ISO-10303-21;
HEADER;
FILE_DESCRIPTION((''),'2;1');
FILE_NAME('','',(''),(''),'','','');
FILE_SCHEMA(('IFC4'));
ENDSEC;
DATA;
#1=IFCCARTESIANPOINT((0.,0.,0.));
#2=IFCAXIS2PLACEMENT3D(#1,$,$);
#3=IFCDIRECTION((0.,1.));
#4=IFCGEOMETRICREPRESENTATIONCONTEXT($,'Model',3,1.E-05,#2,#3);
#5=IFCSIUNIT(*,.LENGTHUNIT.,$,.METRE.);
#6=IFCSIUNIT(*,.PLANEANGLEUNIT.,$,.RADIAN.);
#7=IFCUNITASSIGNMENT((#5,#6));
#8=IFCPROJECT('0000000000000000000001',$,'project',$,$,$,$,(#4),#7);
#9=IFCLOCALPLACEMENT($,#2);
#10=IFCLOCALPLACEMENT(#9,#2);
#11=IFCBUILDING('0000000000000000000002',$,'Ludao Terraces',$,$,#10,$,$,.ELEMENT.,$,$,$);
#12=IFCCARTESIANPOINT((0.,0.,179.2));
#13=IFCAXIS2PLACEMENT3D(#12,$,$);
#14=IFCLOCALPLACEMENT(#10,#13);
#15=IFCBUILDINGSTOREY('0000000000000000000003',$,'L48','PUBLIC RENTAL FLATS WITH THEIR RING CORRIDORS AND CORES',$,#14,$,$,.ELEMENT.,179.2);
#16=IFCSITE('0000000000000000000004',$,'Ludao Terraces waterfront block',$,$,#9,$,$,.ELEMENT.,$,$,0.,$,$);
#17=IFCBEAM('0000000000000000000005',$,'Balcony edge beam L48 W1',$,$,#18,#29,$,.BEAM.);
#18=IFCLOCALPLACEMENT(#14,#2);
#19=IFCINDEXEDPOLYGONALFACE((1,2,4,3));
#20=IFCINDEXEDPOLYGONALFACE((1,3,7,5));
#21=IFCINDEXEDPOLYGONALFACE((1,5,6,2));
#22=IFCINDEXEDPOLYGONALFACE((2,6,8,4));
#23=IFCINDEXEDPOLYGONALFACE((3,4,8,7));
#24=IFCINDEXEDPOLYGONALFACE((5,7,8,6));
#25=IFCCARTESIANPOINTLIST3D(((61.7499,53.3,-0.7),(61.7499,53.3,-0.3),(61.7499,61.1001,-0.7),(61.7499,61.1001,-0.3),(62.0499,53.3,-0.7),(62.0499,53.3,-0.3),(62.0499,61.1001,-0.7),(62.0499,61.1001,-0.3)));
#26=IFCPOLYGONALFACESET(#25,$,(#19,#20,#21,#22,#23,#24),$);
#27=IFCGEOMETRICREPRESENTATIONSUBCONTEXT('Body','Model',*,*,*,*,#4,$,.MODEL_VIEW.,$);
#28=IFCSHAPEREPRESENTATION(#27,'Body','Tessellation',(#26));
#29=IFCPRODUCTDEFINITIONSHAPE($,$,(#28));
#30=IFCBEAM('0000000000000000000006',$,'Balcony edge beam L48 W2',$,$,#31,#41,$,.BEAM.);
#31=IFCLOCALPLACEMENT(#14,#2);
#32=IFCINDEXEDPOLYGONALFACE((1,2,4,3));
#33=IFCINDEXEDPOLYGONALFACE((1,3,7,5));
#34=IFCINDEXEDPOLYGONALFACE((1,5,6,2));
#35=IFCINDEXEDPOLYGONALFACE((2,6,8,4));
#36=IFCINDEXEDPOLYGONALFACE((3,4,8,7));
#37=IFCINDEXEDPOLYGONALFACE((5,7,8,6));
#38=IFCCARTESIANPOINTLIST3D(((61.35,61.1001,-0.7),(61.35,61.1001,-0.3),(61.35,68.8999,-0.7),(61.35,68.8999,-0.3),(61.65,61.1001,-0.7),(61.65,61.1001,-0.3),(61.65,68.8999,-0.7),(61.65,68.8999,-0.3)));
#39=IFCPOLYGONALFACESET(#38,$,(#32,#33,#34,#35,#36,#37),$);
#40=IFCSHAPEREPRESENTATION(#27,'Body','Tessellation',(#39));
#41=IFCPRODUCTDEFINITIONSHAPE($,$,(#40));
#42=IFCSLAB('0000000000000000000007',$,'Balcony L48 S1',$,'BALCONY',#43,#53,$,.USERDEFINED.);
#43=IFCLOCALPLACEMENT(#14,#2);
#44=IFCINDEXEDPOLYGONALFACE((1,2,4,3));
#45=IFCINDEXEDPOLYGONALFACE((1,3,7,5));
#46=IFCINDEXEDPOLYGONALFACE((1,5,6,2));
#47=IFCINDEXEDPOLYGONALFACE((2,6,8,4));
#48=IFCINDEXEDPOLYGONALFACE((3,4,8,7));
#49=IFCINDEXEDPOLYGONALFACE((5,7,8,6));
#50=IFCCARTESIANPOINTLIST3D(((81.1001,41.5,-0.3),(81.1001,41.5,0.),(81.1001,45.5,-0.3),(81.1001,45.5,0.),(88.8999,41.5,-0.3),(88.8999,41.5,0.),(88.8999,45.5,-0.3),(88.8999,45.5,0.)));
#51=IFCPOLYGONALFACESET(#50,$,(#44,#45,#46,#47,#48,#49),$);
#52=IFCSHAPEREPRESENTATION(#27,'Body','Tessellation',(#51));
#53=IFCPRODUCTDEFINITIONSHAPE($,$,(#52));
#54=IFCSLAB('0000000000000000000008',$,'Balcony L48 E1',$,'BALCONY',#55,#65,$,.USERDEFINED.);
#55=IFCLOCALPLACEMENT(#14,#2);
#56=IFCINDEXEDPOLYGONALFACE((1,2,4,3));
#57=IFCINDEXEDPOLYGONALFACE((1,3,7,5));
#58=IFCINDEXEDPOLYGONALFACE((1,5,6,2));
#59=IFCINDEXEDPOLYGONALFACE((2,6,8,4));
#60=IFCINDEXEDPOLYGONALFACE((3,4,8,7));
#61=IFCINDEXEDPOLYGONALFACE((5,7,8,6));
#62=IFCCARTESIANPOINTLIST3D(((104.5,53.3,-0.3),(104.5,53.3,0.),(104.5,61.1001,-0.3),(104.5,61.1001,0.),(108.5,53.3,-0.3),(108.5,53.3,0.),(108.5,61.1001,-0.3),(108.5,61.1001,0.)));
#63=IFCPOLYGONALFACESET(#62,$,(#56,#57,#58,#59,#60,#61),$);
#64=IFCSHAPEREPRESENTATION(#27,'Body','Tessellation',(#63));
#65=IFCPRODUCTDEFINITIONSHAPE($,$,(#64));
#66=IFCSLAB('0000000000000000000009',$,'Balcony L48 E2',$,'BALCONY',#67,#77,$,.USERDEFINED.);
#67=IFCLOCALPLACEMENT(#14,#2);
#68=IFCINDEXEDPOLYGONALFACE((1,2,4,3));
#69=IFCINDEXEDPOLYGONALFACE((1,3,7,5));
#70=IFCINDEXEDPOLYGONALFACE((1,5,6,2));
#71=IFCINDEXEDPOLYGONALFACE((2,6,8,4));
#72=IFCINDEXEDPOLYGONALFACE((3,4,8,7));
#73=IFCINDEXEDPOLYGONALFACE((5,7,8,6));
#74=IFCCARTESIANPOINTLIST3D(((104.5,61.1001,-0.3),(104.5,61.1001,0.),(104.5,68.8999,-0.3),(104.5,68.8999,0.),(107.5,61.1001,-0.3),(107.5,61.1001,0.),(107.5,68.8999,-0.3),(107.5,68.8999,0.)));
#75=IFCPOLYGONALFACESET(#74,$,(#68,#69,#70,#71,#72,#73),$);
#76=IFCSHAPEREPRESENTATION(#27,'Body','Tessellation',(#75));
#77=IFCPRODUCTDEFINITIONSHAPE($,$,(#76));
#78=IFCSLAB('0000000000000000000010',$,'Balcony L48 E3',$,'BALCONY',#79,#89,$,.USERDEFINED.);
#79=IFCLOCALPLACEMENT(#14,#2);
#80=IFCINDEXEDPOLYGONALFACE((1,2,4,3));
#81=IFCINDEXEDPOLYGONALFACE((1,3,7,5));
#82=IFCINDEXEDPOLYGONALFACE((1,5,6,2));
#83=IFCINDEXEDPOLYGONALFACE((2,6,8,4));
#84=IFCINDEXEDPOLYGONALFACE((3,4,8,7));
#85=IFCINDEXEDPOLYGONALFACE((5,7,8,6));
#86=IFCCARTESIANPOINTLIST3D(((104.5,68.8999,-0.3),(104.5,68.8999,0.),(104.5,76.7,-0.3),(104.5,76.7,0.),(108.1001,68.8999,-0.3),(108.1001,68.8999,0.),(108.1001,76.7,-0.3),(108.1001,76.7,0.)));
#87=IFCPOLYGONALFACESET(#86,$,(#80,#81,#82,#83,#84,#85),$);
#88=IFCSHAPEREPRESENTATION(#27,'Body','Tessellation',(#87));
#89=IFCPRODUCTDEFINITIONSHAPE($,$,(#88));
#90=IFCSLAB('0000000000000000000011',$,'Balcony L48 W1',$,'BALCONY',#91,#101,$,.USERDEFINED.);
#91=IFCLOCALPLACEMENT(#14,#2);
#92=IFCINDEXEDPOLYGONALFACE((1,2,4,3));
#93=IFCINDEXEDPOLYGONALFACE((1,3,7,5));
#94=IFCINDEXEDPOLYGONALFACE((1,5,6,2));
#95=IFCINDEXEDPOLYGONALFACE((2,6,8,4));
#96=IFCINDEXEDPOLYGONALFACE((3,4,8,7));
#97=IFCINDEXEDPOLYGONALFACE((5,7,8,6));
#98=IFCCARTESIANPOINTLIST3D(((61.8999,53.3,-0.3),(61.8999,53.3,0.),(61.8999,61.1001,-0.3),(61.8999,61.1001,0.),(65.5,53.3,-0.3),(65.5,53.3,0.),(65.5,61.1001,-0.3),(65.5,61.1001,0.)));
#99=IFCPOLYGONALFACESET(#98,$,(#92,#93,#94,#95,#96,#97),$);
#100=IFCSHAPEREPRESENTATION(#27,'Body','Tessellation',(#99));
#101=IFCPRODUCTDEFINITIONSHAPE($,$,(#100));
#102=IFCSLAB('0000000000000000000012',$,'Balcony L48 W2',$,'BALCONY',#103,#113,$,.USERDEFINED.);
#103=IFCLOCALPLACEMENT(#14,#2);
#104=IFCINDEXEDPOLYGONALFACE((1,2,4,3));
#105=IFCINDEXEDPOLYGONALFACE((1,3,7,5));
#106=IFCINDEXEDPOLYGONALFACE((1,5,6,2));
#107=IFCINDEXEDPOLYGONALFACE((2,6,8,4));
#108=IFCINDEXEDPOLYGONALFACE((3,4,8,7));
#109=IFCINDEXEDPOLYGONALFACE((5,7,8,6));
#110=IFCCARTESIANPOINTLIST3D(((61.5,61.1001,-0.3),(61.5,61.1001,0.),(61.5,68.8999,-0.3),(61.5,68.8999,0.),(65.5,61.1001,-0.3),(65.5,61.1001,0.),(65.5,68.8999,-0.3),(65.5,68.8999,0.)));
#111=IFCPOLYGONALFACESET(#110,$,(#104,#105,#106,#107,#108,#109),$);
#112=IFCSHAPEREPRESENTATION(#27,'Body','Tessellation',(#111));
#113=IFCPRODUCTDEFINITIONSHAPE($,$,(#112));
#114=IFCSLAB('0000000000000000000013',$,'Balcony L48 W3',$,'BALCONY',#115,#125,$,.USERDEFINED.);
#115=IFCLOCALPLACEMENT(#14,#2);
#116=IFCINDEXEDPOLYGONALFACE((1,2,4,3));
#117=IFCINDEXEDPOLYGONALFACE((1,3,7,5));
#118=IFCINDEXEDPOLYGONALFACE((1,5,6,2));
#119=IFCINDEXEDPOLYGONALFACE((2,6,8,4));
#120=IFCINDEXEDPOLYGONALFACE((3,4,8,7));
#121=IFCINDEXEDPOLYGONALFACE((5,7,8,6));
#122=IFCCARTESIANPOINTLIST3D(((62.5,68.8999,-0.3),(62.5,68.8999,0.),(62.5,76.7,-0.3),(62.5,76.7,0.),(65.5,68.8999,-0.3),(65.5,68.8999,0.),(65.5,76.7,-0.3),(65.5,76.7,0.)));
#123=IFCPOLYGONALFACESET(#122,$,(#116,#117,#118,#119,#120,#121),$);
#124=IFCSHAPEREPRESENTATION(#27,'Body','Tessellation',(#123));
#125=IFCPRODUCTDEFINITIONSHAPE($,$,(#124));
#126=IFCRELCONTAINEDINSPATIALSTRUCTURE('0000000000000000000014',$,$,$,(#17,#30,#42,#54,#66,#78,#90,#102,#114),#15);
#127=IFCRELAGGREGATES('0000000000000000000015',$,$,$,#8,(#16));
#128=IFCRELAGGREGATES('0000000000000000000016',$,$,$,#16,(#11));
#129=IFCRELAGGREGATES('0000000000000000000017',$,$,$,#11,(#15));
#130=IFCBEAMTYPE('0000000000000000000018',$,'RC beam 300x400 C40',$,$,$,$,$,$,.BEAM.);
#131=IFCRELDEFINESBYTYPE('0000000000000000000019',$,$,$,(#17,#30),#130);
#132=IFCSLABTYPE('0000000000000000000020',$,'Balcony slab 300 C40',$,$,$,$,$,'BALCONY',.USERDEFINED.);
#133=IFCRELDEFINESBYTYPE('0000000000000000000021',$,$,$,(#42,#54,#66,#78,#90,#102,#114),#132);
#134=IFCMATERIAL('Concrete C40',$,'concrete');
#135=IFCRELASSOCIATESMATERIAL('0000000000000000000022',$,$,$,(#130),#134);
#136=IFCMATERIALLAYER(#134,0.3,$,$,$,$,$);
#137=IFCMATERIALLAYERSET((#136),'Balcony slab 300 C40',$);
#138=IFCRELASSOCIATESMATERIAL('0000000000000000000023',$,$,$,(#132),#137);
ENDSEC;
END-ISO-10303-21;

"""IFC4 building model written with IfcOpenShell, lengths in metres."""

from ifc_helpers import new_model, si_unit, direction, frame, origin, origin_2d, place, context, subcontext, project, spatial, polyline, rectangle, outline, extrude, material, layer, layer_set, material_profile, profile_set, type_object, element, save


model = new_model("IFC4")

# Units and contexts
model_context = context("Model", 3, precision=1e-05, world=origin(), true_north=direction((0.0, 1.0)))
body_context = subcontext(model_context, "Body", "Model", "MODEL_VIEW")
ifc_project = project(units=[si_unit("LENGTHUNIT", "METRE"), si_unit("PLANEANGLEUNIT", "RADIAN")], contexts=[model_context])

# Site, building, storey
site_placement = place(None, origin())
site = spatial("IfcSite", under=ifc_project, at=site_placement, Name="Ludao Terraces waterfront block", CompositionType="ELEMENT", RefElevation=0.0)
building_placement = place(site_placement, origin())
building = spatial("IfcBuilding", under=site, at=building_placement, Name="Ludao Terraces", CompositionType="ELEMENT")
storey_placement = place(building_placement, frame((0.0, 0.0, 179.2)))
storey = spatial("IfcBuildingStorey", under=building, at=storey_placement, Name="L48", Description="PUBLIC RENTAL FLATS WITH THEIR RING CORRIDORS AND CORES", CompositionType="ELEMENT", Elevation=179.2)

# Beams
ifc_material_1 = material(Name="Concrete C40", Category="concrete")
ifc_material_profile = material_profile(ifc_material_1, rectangle(XDim=0.3, YDim=0.3999, at=origin_2d()), Name="300 X 400")
ifc_profile_set = profile_set([ifc_material_profile], Name="Concrete C40")
beam_type = type_object("IfcBeamType", Name="RC beam 300x400 C40", PredefinedType="BEAM", material=ifc_profile_set)
beam_1_placement = place(storey_placement, frame((61.8999, 53.3, -0.5), z_axis=(0.0, 1.0, 0.0), x_axis=(-1.0, 0.0, 0.0)))
element("IfcBeam", 1, at=beam_1_placement, inside=storey, type_object=beam_type, Name="Balcony edge beam L48 W1", PredefinedType="BEAM", context=body_context, shape_type="SweptSolid", body=[
    extrude(rectangle(XDim=0.3, YDim=0.3999, at=origin_2d()), origin(), (0.0, 0.0, 1.0), 7.8),
])
beam_2_placement = place(storey_placement, frame((61.5, 61.1001, -0.5), z_axis=(0.0, 1.0, 0.0), x_axis=(-1.0, 0.0, 0.0)))
element("IfcBeam", 2, at=beam_2_placement, inside=storey, type_object=beam_type, Name="Balcony edge beam L48 W2", PredefinedType="BEAM", context=body_context, shape_type="SweptSolid", body=[
    extrude(rectangle(XDim=0.3, YDim=0.3999, at=origin_2d()), origin(), (0.0, 0.0, 1.0), 7.7998),
])

# Slabs
ifc_layer_1 = layer(ifc_material_1, 0.3)
ifc_layer_set_1 = layer_set([ifc_layer_1], Name="Balcony slab 300 C40")
slab_type_1 = type_object("IfcSlabType", Name="Balcony slab 300 C40", ElementType="BALCONY", PredefinedType="USERDEFINED", material=ifc_layer_set_1)
slab_1_placement = place(storey_placement, frame((0.0, 0.0, -0.3)))
element("IfcSlab", 3, at=slab_1_placement, inside=storey, type_object=slab_type_1, Name="Balcony L48 S1", ObjectType="BALCONY", PredefinedType="USERDEFINED", context=body_context, shape_type="SweptSolid", body=[
    extrude(outline(polyline([(81.1001, 41.5), (88.8999, 41.5), (88.8999, 45.5), (81.1001, 45.5), (81.1001, 41.5)])), origin(), (0.0, 0.0, 1.0), 0.3),
])
slab_2_placement = place(storey_placement, frame((0.0, 0.0, -0.3)))
element("IfcSlab", 4, at=slab_2_placement, inside=storey, type_object=slab_type_1, Name="Balcony L48 E1", ObjectType="BALCONY", PredefinedType="USERDEFINED", context=body_context, shape_type="SweptSolid", body=[
    extrude(outline(polyline([(104.5, 53.3), (108.5, 53.3), (108.5, 61.1001), (104.5, 61.1001), (104.5, 53.3)])), origin(), (0.0, 0.0, 1.0), 0.3),
])
slab_3_placement = place(storey_placement, frame((0.0, 0.0, -0.3)))
element("IfcSlab", 5, at=slab_3_placement, inside=storey, type_object=slab_type_1, Name="Balcony L48 E2", ObjectType="BALCONY", PredefinedType="USERDEFINED", context=body_context, shape_type="SweptSolid", body=[
    extrude(outline(polyline([(104.5, 61.1001), (107.5, 61.1001), (107.5, 68.8999), (104.5, 68.8999), (104.5, 61.1001)])), origin(), (0.0, 0.0, 1.0), 0.3),
])
slab_4_placement = place(storey_placement, frame((0.0, 0.0, -0.3)))
element("IfcSlab", 6, at=slab_4_placement, inside=storey, type_object=slab_type_1, Name="Balcony L48 E3", ObjectType="BALCONY", PredefinedType="USERDEFINED", context=body_context, shape_type="SweptSolid", body=[
    extrude(outline(polyline([(104.5, 68.8999), (108.1001, 68.8999), (108.1001, 76.7), (104.5, 76.7), (104.5, 68.8999)])), origin(), (0.0, 0.0, 1.0), 0.3),
])
slab_5_placement = place(storey_placement, frame((0.0, 0.0, -0.3)))
element("IfcSlab", 7, at=slab_5_placement, inside=storey, type_object=slab_type_1, Name="Balcony L48 W1", ObjectType="BALCONY", PredefinedType="USERDEFINED", context=body_context, shape_type="SweptSolid", body=[
    extrude(outline(polyline([(61.8999, 53.3), (65.5, 53.3), (65.5, 61.1001), (61.8999, 61.1001), (61.8999, 53.3)])), origin(), (0.0, 0.0, 1.0), 0.3),
])
slab_6_placement = place(storey_placement, frame((0.0, 0.0, -0.3)))
element("IfcSlab", 8, at=slab_6_placement, inside=storey, type_object=slab_type_1, Name="Balcony L48 W2", ObjectType="BALCONY", PredefinedType="USERDEFINED", context=body_context, shape_type="SweptSolid", body=[
    extrude(outline(polyline([(61.5, 61.1001), (65.5, 61.1001), (65.5, 68.8999), (61.5, 68.8999), (61.5, 61.1001)])), origin(), (0.0, 0.0, 1.0), 0.3),
])
slab_7_placement = place(storey_placement, frame((0.0, 0.0, -0.3)))
element("IfcSlab", 9, at=slab_7_placement, inside=storey, type_object=slab_type_1, Name="Balcony L48 W3", ObjectType="BALCONY", PredefinedType="USERDEFINED", context=body_context, shape_type="SweptSolid", body=[
    extrude(outline(polyline([(62.5, 68.8999), (65.5, 68.8999), (65.5, 76.7), (62.5, 76.7), (62.5, 68.8999)])), origin(), (0.0, 0.0, 1.0), 0.3),
])

save(model, "model.ifc")
